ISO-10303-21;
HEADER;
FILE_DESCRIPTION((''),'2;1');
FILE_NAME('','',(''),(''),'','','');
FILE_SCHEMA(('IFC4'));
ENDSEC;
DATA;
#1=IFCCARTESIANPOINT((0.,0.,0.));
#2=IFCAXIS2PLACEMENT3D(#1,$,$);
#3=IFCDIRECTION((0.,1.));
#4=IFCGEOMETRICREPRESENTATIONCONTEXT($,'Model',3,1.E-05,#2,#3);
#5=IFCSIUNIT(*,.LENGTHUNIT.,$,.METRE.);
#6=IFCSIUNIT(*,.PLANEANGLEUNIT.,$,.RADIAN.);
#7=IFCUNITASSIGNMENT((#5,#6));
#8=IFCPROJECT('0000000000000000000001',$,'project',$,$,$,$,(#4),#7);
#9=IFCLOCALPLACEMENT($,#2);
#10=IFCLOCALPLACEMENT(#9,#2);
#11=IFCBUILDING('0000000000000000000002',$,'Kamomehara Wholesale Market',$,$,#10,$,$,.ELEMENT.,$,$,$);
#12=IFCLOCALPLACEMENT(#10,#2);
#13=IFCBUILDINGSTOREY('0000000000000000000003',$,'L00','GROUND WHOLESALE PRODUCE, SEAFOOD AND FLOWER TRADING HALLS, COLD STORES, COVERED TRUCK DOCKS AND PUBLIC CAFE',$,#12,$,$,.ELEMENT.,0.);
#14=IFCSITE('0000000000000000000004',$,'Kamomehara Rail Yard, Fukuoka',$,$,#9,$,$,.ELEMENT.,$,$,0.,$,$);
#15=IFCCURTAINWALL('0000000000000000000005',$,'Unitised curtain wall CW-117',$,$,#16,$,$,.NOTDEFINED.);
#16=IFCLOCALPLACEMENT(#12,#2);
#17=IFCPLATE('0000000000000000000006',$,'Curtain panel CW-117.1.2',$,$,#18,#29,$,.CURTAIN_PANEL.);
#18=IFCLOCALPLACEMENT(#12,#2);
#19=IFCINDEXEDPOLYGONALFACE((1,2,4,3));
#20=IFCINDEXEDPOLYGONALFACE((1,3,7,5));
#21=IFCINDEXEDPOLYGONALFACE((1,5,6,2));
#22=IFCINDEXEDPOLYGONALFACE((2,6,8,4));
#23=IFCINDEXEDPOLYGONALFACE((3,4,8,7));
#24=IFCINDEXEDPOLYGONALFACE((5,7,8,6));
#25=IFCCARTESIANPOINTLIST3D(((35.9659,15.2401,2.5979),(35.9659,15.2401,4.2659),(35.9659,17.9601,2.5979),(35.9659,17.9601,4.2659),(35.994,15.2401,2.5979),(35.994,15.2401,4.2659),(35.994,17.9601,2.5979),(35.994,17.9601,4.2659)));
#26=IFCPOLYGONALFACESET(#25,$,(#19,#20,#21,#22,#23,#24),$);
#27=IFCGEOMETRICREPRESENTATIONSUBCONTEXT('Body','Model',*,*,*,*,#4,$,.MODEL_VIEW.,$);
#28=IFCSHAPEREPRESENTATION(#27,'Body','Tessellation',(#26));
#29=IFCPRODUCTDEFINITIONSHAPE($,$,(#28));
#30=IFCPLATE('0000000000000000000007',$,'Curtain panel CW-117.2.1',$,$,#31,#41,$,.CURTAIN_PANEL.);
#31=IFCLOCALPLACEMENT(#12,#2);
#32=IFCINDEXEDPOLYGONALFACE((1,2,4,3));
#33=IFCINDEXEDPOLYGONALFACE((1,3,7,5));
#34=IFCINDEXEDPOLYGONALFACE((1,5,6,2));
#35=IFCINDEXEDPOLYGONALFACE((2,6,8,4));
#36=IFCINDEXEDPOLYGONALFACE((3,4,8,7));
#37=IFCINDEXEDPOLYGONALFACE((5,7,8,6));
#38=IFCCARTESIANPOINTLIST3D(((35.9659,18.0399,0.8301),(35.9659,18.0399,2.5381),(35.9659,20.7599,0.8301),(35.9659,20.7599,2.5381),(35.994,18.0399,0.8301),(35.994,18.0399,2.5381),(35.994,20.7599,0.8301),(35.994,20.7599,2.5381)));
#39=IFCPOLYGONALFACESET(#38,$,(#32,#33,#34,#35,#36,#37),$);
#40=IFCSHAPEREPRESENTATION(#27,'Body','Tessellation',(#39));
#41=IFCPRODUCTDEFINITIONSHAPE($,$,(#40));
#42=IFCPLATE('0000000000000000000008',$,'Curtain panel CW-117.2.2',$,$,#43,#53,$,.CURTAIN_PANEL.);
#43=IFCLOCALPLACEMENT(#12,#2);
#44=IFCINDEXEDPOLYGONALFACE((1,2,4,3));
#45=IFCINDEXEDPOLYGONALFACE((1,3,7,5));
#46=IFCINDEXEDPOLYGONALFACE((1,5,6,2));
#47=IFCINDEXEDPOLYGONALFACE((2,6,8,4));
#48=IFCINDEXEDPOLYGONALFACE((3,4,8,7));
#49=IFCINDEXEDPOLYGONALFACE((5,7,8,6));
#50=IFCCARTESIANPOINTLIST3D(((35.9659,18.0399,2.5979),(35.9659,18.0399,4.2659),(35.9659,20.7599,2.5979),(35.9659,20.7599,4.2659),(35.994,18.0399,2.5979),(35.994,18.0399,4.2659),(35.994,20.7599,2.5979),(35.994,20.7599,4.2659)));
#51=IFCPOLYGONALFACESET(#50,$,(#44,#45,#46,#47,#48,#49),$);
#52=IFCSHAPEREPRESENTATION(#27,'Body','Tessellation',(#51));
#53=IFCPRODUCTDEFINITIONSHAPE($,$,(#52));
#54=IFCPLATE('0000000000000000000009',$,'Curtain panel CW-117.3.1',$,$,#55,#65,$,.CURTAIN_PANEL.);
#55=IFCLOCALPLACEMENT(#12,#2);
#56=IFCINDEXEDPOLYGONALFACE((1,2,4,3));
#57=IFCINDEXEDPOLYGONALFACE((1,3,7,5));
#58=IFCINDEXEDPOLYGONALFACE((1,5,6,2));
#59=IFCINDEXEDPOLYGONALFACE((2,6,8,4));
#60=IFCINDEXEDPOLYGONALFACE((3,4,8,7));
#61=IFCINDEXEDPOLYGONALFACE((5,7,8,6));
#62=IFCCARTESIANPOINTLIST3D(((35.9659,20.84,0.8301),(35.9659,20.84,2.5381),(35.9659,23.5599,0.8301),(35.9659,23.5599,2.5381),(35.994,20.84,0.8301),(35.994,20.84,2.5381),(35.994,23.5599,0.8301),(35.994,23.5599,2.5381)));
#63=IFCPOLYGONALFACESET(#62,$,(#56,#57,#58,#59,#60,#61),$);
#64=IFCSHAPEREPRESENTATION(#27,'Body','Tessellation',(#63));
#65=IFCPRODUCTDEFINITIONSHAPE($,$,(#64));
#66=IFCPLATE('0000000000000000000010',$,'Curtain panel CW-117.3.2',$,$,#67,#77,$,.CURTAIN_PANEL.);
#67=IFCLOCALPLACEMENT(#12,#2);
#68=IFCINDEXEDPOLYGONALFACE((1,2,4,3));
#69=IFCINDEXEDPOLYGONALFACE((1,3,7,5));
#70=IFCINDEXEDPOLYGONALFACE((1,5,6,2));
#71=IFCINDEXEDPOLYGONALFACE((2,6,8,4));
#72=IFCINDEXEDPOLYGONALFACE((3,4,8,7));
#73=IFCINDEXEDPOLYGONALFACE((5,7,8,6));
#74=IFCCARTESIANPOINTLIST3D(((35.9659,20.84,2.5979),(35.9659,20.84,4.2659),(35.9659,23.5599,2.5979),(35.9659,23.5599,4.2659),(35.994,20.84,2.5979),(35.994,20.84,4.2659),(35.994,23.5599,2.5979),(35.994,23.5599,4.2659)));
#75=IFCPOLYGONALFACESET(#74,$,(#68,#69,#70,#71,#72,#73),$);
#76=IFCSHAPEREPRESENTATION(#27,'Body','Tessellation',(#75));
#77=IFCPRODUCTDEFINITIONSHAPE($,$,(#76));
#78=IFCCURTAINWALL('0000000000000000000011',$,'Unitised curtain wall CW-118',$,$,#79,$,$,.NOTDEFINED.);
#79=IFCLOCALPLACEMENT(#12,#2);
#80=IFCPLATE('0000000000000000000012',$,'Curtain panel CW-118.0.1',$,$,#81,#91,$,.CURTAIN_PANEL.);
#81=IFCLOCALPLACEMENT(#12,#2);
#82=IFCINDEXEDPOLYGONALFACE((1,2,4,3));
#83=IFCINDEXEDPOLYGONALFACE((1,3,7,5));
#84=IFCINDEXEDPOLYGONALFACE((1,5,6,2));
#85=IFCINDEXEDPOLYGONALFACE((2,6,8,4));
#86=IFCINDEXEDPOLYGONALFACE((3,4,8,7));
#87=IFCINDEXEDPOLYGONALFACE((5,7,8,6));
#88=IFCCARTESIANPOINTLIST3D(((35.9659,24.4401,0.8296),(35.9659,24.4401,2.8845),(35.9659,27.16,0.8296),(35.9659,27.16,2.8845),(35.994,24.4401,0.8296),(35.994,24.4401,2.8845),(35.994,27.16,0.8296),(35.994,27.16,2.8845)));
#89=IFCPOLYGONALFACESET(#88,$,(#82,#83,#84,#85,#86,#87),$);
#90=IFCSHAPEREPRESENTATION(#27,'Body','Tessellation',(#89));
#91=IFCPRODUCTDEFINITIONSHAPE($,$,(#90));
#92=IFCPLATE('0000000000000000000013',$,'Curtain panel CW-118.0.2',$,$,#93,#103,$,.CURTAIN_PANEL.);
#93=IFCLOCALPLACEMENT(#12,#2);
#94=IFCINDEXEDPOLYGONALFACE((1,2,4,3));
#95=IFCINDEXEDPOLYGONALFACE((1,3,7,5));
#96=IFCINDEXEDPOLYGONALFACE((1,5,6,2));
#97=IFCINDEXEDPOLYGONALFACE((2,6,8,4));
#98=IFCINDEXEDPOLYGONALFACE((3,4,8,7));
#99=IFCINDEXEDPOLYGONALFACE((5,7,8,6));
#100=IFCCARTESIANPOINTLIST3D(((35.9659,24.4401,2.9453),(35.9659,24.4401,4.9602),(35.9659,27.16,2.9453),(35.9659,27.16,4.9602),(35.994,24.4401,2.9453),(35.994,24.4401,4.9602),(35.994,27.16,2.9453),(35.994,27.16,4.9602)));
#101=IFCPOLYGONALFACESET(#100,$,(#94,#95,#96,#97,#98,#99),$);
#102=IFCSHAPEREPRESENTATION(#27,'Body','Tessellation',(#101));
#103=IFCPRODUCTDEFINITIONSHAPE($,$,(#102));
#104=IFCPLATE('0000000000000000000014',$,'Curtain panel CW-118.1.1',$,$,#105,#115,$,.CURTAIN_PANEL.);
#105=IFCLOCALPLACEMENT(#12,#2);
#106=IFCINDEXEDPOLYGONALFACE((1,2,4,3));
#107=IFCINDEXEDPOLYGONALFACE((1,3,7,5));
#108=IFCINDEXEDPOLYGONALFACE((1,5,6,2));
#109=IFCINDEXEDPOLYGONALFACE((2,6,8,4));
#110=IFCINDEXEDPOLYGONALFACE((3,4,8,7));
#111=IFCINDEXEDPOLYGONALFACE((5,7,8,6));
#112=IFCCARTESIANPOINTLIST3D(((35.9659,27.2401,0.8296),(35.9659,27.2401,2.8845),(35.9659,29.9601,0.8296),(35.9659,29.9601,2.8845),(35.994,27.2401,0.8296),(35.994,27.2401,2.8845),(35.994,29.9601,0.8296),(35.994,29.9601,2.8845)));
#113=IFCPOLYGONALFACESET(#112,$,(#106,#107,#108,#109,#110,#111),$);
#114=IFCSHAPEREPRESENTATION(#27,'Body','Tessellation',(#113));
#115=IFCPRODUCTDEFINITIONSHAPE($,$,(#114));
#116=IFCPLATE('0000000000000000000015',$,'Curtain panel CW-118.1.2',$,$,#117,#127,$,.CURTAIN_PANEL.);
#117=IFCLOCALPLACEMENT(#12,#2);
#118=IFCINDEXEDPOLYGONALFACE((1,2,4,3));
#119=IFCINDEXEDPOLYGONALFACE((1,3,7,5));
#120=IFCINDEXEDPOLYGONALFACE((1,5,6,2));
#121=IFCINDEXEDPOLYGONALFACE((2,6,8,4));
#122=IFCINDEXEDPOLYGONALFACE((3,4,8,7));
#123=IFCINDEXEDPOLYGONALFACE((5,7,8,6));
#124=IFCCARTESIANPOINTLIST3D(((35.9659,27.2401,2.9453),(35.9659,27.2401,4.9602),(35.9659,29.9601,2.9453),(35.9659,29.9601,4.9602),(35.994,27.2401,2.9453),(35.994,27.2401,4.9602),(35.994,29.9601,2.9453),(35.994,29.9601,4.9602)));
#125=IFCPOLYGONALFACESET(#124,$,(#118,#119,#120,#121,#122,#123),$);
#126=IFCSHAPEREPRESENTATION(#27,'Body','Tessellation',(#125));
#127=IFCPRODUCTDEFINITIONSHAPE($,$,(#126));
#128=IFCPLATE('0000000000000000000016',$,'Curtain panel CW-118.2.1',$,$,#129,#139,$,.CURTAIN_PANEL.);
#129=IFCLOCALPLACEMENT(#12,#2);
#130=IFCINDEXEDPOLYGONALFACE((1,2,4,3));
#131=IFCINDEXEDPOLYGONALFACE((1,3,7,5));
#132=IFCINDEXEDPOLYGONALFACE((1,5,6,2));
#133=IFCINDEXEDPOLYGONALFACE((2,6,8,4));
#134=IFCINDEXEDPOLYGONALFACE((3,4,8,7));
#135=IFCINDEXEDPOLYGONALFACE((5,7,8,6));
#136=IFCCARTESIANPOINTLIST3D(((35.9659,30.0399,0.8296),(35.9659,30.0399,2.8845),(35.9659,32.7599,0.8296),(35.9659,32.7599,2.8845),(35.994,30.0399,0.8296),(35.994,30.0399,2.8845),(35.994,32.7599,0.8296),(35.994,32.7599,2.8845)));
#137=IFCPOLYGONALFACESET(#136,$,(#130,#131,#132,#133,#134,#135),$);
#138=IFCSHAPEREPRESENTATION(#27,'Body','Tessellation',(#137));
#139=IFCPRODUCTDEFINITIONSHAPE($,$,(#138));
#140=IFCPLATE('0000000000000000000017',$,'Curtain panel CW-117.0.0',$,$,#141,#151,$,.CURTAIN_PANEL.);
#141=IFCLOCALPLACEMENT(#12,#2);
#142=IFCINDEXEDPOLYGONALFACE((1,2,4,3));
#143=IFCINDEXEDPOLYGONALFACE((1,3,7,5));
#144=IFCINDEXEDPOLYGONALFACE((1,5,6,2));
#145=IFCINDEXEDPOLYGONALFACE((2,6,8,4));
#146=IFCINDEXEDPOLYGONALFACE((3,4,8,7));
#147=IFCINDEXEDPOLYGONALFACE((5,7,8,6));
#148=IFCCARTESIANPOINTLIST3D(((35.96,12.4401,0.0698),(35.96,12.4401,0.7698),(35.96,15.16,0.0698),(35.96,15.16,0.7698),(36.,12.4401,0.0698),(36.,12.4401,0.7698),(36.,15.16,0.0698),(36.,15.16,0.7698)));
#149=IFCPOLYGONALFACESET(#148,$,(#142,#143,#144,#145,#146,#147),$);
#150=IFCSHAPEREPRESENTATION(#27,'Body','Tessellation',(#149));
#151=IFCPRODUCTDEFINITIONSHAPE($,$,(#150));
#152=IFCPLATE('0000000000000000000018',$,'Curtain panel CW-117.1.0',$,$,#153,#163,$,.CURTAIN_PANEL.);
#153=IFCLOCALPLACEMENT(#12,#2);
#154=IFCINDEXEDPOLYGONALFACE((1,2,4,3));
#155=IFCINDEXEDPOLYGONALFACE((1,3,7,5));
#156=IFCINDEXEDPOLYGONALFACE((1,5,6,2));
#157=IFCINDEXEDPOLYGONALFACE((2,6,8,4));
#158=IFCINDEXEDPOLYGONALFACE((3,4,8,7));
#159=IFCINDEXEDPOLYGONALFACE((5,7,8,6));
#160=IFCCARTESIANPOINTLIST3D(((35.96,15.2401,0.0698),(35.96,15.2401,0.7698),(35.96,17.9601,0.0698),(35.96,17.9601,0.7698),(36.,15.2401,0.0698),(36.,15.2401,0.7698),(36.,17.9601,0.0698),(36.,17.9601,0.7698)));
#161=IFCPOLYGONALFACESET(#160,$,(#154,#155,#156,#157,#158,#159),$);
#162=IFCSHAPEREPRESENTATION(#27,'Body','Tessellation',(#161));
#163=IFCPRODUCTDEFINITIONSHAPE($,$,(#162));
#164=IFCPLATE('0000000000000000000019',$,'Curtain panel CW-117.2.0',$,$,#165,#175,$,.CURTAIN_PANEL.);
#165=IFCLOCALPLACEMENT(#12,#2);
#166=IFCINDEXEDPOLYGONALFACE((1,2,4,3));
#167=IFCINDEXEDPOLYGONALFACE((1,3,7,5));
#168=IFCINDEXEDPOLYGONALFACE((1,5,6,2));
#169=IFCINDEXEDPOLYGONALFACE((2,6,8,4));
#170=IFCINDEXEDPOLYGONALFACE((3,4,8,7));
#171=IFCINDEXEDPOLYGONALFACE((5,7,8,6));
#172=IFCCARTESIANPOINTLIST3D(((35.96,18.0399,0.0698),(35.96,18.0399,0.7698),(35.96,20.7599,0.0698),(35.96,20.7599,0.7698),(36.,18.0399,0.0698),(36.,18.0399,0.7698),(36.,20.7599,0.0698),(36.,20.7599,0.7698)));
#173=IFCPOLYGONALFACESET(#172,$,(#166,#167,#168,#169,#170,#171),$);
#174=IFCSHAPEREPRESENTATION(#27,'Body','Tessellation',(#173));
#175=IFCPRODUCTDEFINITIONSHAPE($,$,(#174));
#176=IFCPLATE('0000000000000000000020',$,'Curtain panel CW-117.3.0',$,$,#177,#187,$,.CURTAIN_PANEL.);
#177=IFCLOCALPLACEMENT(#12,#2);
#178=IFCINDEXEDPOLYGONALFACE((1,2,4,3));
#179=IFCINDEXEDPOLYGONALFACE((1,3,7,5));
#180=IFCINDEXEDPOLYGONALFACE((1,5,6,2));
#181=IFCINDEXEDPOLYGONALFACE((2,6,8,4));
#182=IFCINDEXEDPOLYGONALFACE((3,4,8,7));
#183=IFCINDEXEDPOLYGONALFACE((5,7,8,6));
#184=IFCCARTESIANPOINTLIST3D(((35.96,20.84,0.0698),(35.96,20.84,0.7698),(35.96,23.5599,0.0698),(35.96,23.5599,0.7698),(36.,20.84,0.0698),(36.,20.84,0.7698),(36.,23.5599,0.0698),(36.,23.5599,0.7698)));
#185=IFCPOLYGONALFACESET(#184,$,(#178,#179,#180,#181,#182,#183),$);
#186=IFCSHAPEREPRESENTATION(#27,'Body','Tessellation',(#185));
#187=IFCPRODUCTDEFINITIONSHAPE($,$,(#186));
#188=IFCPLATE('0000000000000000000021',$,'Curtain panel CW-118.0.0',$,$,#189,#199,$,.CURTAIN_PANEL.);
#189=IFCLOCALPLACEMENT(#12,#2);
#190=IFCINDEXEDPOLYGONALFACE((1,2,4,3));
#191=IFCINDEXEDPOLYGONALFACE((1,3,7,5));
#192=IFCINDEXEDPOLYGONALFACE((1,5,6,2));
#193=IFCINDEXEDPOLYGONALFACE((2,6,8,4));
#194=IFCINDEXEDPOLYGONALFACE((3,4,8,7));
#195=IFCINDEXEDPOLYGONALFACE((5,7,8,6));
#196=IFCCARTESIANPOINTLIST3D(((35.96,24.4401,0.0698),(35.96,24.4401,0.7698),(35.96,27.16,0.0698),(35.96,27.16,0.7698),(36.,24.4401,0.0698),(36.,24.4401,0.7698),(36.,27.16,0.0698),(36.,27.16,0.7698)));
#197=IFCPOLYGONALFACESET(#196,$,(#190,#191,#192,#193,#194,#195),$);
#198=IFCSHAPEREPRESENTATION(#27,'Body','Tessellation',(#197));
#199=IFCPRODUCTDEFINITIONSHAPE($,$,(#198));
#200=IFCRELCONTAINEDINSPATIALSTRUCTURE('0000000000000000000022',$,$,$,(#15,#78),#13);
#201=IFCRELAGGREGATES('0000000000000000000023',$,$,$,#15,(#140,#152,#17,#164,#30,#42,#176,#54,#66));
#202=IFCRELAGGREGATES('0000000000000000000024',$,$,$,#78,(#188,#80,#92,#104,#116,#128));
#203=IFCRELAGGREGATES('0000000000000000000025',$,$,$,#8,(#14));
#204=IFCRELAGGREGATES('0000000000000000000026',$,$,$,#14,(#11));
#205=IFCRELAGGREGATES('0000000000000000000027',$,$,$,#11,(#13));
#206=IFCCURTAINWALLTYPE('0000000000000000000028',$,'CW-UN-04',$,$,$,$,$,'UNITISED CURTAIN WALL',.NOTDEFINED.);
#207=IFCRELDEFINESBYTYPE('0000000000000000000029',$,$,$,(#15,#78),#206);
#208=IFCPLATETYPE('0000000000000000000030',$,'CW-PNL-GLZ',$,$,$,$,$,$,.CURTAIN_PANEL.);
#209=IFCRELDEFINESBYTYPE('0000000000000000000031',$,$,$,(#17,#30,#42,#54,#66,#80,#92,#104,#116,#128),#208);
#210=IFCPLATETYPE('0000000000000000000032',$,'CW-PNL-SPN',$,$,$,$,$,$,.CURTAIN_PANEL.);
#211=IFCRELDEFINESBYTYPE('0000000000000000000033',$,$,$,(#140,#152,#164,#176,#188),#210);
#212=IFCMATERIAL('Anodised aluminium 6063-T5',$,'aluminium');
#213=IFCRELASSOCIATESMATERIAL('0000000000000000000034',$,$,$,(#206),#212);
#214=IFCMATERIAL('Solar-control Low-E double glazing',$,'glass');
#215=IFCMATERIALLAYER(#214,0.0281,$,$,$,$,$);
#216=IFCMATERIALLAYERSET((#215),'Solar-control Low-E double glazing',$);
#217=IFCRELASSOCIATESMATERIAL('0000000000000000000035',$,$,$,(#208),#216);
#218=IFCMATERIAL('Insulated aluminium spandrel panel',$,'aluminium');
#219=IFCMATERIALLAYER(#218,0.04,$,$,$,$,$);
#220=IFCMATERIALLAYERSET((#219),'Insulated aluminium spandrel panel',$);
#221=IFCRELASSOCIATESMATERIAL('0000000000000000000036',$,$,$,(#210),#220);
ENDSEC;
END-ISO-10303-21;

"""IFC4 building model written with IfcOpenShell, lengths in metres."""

from ifc_helpers import new_model, si_unit, direction, frame, origin, origin_2d, place, context, subcontext, project, spatial, rectangle, extrude, material, layer, layer_set, type_object, element, aggregate, save


model = new_model("IFC4")

# Units and contexts
model_context = context("Model", 3, precision=1e-05, world=origin(), true_north=direction((0.0, 1.0)))
body_context = subcontext(model_context, "Body", "Model", "MODEL_VIEW")
ifc_project = project(units=[si_unit("LENGTHUNIT", "METRE"), si_unit("PLANEANGLEUNIT", "RADIAN")], contexts=[model_context])

# Site, building, storey
site_placement = place(None, origin())
site = spatial("IfcSite", under=ifc_project, at=site_placement, Name="Kamomehara Rail Yard, Fukuoka", CompositionType="ELEMENT", RefElevation=0.0)
building_placement = place(site_placement, origin())
building = spatial("IfcBuilding", under=site, at=building_placement, Name="Kamomehara Wholesale Market", CompositionType="ELEMENT")
storey_placement = place(building_placement, origin())
storey = spatial("IfcBuildingStorey", under=building, at=storey_placement, Name="L00", Description="GROUND WHOLESALE PRODUCE, SEAFOOD AND FLOWER TRADING HALLS, COLD STORES, COVERED TRUCK DOCKS AND PUBLIC CAFE", CompositionType="ELEMENT", Elevation=0.0)

# Curtain walls, plates
ifc_material_1 = material(Name="Anodised aluminium 6063-T5", Category="aluminium")
curtain_wall_type = type_object("IfcCurtainWallType", Name="CW-UN-04", ElementType="UNITISED CURTAIN WALL", PredefinedType="NOTDEFINED", material=ifc_material_1)
curtain_wall_1_placement = place(storey_placement, origin())
curtain_wall_1 = element("IfcCurtainWall", 1, at=curtain_wall_1_placement, inside=storey, type_object=curtain_wall_type, Name="Unitised curtain wall CW-117", PredefinedType="NOTDEFINED")
ifc_material_2 = material(Name="Solar-control Low-E double glazing", Category="glass")
ifc_layer_1 = layer(ifc_material_2, 0.0281)
ifc_layer_set_1 = layer_set([ifc_layer_1], Name="Solar-control Low-E double glazing")
plate_type_1 = type_object("IfcPlateType", Name="CW-PNL-GLZ", PredefinedType="CURTAIN_PANEL", material=ifc_layer_set_1)
plate_1_placement = place(storey_placement, frame((35.98, 16.6001, 2.5979), z_axis=(0.0, 0.0, 1.0), x_axis=(0.0, 1.0, 0.0)))
plate_1 = element("IfcPlate", 2, at=plate_1_placement, type_object=plate_type_1, Name="Curtain panel CW-117.1.2", PredefinedType="CURTAIN_PANEL", context=body_context, shape_type="SweptSolid", body=[
    extrude(rectangle(XDim=2.72, YDim=0.0281, at=origin_2d()), origin(), (0.0, 0.0, 1.0), 1.668),
])
plate_2_placement = place(storey_placement, frame((35.98, 19.3999, 0.8301), z_axis=(0.0, 0.0, 1.0), x_axis=(0.0, 1.0, 0.0)))
plate_2 = element("IfcPlate", 3, at=plate_2_placement, type_object=plate_type_1, Name="Curtain panel CW-117.2.1", PredefinedType="CURTAIN_PANEL", context=body_context, shape_type="SweptSolid", body=[
    extrude(rectangle(XDim=2.72, YDim=0.0281, at=origin_2d()), origin(), (0.0, 0.0, 1.0), 1.708),
])
plate_3_placement = place(storey_placement, frame((35.98, 19.3999, 2.5979), z_axis=(0.0, 0.0, 1.0), x_axis=(0.0, 1.0, 0.0)))
plate_3 = element("IfcPlate", 4, at=plate_3_placement, type_object=plate_type_1, Name="Curtain panel CW-117.2.2", PredefinedType="CURTAIN_PANEL", context=body_context, shape_type="SweptSolid", body=[
    extrude(rectangle(XDim=2.72, YDim=0.0281, at=origin_2d()), origin(), (0.0, 0.0, 1.0), 1.668),
])
plate_4_placement = place(storey_placement, frame((35.98, 22.2, 0.8301), z_axis=(0.0, 0.0, 1.0), x_axis=(0.0, 1.0, 0.0)))
plate_4 = element("IfcPlate", 5, at=plate_4_placement, type_object=plate_type_1, Name="Curtain panel CW-117.3.1", PredefinedType="CURTAIN_PANEL", context=body_context, shape_type="SweptSolid", body=[
    extrude(rectangle(XDim=2.72, YDim=0.0281, at=origin_2d()), origin(), (0.0, 0.0, 1.0), 1.708),
])
plate_5_placement = place(storey_placement, frame((35.98, 22.2, 2.5979), z_axis=(0.0, 0.0, 1.0), x_axis=(0.0, 1.0, 0.0)))
plate_5 = element("IfcPlate", 6, at=plate_5_placement, type_object=plate_type_1, Name="Curtain panel CW-117.3.2", PredefinedType="CURTAIN_PANEL", context=body_context, shape_type="SweptSolid", body=[
    extrude(rectangle(XDim=2.72, YDim=0.0281, at=origin_2d()), origin(), (0.0, 0.0, 1.0), 1.668),
])
curtain_wall_2_placement = place(storey_placement, origin())
curtain_wall_2 = element("IfcCurtainWall", 7, at=curtain_wall_2_placement, inside=storey, type_object=curtain_wall_type, Name="Unitised curtain wall CW-118", PredefinedType="NOTDEFINED")
plate_6_placement = place(storey_placement, frame((35.98, 25.8, 0.8296), z_axis=(0.0, 0.0, 1.0), x_axis=(0.0, 1.0, 0.0)))
plate_6 = element("IfcPlate", 8, at=plate_6_placement, type_object=plate_type_1, Name="Curtain panel CW-118.0.1", PredefinedType="CURTAIN_PANEL", context=body_context, shape_type="SweptSolid", body=[
    extrude(rectangle(XDim=2.72, YDim=0.0281, at=origin_2d()), origin(), (0.0, 0.0, 1.0), 2.0549),
])
plate_7_placement = place(storey_placement, frame((35.98, 25.8, 2.9453), z_axis=(0.0, 0.0, 1.0), x_axis=(0.0, 1.0, 0.0)))
plate_7 = element("IfcPlate", 9, at=plate_7_placement, type_object=plate_type_1, Name="Curtain panel CW-118.0.2", PredefinedType="CURTAIN_PANEL", context=body_context, shape_type="SweptSolid", body=[
    extrude(rectangle(XDim=2.72, YDim=0.0281, at=origin_2d()), origin(), (0.0, 0.0, 1.0), 2.0149),
])
plate_8_placement = place(storey_placement, frame((35.98, 28.6001, 0.8296), z_axis=(0.0, 0.0, 1.0), x_axis=(0.0, 1.0, 0.0)))
plate_8 = element("IfcPlate", 10, at=plate_8_placement, type_object=plate_type_1, Name="Curtain panel CW-118.1.1", PredefinedType="CURTAIN_PANEL", context=body_context, shape_type="SweptSolid", body=[
    extrude(rectangle(XDim=2.72, YDim=0.0281, at=origin_2d()), origin(), (0.0, 0.0, 1.0), 2.0549),
])
plate_9_placement = place(storey_placement, frame((35.98, 28.6001, 2.9453), z_axis=(0.0, 0.0, 1.0), x_axis=(0.0, 1.0, 0.0)))
plate_9 = element("IfcPlate", 11, at=plate_9_placement, type_object=plate_type_1, Name="Curtain panel CW-118.1.2", PredefinedType="CURTAIN_PANEL", context=body_context, shape_type="SweptSolid", body=[
    extrude(rectangle(XDim=2.72, YDim=0.0281, at=origin_2d()), origin(), (0.0, 0.0, 1.0), 2.0149),
])
plate_10_placement = place(storey_placement, frame((35.98, 31.3999, 0.8296), z_axis=(0.0, 0.0, 1.0), x_axis=(0.0, 1.0, 0.0)))
plate_10 = element("IfcPlate", 12, at=plate_10_placement, type_object=plate_type_1, Name="Curtain panel CW-118.2.1", PredefinedType="CURTAIN_PANEL", context=body_context, shape_type="SweptSolid", body=[
    extrude(rectangle(XDim=2.72, YDim=0.0281, at=origin_2d()), origin(), (0.0, 0.0, 1.0), 2.0549),
])

# Plates
ifc_material_3 = material(Name="Insulated aluminium spandrel panel", Category="aluminium")
ifc_layer_2 = layer(ifc_material_3, 0.04)
ifc_layer_set_2 = layer_set([ifc_layer_2], Name="Insulated aluminium spandrel panel")
plate_type_2 = type_object("IfcPlateType", Name="CW-PNL-SPN", PredefinedType="CURTAIN_PANEL", material=ifc_layer_set_2)
plate_11_placement = place(storey_placement, frame((35.98, 13.8, 0.0698), z_axis=(0.0, 0.0, 1.0), x_axis=(0.0, 1.0, 0.0)))
plate_11 = element("IfcPlate", 13, at=plate_11_placement, type_object=plate_type_2, Name="Curtain panel CW-117.0.0", PredefinedType="CURTAIN_PANEL", context=body_context, shape_type="SweptSolid", body=[
    extrude(rectangle(XDim=2.72, YDim=0.04, at=origin_2d()), origin(), (0.0, 0.0, 1.0), 0.7),
])
plate_12_placement = place(storey_placement, frame((35.98, 16.6001, 0.0698), z_axis=(0.0, 0.0, 1.0), x_axis=(0.0, 1.0, 0.0)))
plate_12 = element("IfcPlate", 14, at=plate_12_placement, type_object=plate_type_2, Name="Curtain panel CW-117.1.0", PredefinedType="CURTAIN_PANEL", context=body_context, shape_type="SweptSolid", body=[
    extrude(rectangle(XDim=2.72, YDim=0.04, at=origin_2d()), origin(), (0.0, 0.0, 1.0), 0.7),
])
plate_13_placement = place(storey_placement, frame((35.98, 19.3999, 0.0698), z_axis=(0.0, 0.0, 1.0), x_axis=(0.0, 1.0, 0.0)))
plate_13 = element("IfcPlate", 15, at=plate_13_placement, type_object=plate_type_2, Name="Curtain panel CW-117.2.0", PredefinedType="CURTAIN_PANEL", context=body_context, shape_type="SweptSolid", body=[
    extrude(rectangle(XDim=2.72, YDim=0.04, at=origin_2d()), origin(), (0.0, 0.0, 1.0), 0.7),
])
plate_14_placement = place(storey_placement, frame((35.98, 22.2, 0.0698), z_axis=(0.0, 0.0, 1.0), x_axis=(0.0, 1.0, 0.0)))
plate_14 = element("IfcPlate", 16, at=plate_14_placement, type_object=plate_type_2, Name="Curtain panel CW-117.3.0", PredefinedType="CURTAIN_PANEL", context=body_context, shape_type="SweptSolid", body=[
    extrude(rectangle(XDim=2.72, YDim=0.04, at=origin_2d()), origin(), (0.0, 0.0, 1.0), 0.7),
])
aggregate(curtain_wall_1, [plate_11, plate_12, plate_1, plate_13, plate_2, plate_3, plate_14, plate_4, plate_5])
plate_15_placement = place(storey_placement, frame((35.98, 25.8, 0.0698), z_axis=(0.0, 0.0, 1.0), x_axis=(0.0, 1.0, 0.0)))
plate_15 = element("IfcPlate", 17, at=plate_15_placement, type_object=plate_type_2, Name="Curtain panel CW-118.0.0", PredefinedType="CURTAIN_PANEL", context=body_context, shape_type="SweptSolid", body=[
    extrude(rectangle(XDim=2.72, YDim=0.04, at=origin_2d()), origin(), (0.0, 0.0, 1.0), 0.7),
])
aggregate(curtain_wall_2, [plate_15, plate_6, plate_7, plate_8, plate_9, plate_10])

save(model, "model.ifc")
